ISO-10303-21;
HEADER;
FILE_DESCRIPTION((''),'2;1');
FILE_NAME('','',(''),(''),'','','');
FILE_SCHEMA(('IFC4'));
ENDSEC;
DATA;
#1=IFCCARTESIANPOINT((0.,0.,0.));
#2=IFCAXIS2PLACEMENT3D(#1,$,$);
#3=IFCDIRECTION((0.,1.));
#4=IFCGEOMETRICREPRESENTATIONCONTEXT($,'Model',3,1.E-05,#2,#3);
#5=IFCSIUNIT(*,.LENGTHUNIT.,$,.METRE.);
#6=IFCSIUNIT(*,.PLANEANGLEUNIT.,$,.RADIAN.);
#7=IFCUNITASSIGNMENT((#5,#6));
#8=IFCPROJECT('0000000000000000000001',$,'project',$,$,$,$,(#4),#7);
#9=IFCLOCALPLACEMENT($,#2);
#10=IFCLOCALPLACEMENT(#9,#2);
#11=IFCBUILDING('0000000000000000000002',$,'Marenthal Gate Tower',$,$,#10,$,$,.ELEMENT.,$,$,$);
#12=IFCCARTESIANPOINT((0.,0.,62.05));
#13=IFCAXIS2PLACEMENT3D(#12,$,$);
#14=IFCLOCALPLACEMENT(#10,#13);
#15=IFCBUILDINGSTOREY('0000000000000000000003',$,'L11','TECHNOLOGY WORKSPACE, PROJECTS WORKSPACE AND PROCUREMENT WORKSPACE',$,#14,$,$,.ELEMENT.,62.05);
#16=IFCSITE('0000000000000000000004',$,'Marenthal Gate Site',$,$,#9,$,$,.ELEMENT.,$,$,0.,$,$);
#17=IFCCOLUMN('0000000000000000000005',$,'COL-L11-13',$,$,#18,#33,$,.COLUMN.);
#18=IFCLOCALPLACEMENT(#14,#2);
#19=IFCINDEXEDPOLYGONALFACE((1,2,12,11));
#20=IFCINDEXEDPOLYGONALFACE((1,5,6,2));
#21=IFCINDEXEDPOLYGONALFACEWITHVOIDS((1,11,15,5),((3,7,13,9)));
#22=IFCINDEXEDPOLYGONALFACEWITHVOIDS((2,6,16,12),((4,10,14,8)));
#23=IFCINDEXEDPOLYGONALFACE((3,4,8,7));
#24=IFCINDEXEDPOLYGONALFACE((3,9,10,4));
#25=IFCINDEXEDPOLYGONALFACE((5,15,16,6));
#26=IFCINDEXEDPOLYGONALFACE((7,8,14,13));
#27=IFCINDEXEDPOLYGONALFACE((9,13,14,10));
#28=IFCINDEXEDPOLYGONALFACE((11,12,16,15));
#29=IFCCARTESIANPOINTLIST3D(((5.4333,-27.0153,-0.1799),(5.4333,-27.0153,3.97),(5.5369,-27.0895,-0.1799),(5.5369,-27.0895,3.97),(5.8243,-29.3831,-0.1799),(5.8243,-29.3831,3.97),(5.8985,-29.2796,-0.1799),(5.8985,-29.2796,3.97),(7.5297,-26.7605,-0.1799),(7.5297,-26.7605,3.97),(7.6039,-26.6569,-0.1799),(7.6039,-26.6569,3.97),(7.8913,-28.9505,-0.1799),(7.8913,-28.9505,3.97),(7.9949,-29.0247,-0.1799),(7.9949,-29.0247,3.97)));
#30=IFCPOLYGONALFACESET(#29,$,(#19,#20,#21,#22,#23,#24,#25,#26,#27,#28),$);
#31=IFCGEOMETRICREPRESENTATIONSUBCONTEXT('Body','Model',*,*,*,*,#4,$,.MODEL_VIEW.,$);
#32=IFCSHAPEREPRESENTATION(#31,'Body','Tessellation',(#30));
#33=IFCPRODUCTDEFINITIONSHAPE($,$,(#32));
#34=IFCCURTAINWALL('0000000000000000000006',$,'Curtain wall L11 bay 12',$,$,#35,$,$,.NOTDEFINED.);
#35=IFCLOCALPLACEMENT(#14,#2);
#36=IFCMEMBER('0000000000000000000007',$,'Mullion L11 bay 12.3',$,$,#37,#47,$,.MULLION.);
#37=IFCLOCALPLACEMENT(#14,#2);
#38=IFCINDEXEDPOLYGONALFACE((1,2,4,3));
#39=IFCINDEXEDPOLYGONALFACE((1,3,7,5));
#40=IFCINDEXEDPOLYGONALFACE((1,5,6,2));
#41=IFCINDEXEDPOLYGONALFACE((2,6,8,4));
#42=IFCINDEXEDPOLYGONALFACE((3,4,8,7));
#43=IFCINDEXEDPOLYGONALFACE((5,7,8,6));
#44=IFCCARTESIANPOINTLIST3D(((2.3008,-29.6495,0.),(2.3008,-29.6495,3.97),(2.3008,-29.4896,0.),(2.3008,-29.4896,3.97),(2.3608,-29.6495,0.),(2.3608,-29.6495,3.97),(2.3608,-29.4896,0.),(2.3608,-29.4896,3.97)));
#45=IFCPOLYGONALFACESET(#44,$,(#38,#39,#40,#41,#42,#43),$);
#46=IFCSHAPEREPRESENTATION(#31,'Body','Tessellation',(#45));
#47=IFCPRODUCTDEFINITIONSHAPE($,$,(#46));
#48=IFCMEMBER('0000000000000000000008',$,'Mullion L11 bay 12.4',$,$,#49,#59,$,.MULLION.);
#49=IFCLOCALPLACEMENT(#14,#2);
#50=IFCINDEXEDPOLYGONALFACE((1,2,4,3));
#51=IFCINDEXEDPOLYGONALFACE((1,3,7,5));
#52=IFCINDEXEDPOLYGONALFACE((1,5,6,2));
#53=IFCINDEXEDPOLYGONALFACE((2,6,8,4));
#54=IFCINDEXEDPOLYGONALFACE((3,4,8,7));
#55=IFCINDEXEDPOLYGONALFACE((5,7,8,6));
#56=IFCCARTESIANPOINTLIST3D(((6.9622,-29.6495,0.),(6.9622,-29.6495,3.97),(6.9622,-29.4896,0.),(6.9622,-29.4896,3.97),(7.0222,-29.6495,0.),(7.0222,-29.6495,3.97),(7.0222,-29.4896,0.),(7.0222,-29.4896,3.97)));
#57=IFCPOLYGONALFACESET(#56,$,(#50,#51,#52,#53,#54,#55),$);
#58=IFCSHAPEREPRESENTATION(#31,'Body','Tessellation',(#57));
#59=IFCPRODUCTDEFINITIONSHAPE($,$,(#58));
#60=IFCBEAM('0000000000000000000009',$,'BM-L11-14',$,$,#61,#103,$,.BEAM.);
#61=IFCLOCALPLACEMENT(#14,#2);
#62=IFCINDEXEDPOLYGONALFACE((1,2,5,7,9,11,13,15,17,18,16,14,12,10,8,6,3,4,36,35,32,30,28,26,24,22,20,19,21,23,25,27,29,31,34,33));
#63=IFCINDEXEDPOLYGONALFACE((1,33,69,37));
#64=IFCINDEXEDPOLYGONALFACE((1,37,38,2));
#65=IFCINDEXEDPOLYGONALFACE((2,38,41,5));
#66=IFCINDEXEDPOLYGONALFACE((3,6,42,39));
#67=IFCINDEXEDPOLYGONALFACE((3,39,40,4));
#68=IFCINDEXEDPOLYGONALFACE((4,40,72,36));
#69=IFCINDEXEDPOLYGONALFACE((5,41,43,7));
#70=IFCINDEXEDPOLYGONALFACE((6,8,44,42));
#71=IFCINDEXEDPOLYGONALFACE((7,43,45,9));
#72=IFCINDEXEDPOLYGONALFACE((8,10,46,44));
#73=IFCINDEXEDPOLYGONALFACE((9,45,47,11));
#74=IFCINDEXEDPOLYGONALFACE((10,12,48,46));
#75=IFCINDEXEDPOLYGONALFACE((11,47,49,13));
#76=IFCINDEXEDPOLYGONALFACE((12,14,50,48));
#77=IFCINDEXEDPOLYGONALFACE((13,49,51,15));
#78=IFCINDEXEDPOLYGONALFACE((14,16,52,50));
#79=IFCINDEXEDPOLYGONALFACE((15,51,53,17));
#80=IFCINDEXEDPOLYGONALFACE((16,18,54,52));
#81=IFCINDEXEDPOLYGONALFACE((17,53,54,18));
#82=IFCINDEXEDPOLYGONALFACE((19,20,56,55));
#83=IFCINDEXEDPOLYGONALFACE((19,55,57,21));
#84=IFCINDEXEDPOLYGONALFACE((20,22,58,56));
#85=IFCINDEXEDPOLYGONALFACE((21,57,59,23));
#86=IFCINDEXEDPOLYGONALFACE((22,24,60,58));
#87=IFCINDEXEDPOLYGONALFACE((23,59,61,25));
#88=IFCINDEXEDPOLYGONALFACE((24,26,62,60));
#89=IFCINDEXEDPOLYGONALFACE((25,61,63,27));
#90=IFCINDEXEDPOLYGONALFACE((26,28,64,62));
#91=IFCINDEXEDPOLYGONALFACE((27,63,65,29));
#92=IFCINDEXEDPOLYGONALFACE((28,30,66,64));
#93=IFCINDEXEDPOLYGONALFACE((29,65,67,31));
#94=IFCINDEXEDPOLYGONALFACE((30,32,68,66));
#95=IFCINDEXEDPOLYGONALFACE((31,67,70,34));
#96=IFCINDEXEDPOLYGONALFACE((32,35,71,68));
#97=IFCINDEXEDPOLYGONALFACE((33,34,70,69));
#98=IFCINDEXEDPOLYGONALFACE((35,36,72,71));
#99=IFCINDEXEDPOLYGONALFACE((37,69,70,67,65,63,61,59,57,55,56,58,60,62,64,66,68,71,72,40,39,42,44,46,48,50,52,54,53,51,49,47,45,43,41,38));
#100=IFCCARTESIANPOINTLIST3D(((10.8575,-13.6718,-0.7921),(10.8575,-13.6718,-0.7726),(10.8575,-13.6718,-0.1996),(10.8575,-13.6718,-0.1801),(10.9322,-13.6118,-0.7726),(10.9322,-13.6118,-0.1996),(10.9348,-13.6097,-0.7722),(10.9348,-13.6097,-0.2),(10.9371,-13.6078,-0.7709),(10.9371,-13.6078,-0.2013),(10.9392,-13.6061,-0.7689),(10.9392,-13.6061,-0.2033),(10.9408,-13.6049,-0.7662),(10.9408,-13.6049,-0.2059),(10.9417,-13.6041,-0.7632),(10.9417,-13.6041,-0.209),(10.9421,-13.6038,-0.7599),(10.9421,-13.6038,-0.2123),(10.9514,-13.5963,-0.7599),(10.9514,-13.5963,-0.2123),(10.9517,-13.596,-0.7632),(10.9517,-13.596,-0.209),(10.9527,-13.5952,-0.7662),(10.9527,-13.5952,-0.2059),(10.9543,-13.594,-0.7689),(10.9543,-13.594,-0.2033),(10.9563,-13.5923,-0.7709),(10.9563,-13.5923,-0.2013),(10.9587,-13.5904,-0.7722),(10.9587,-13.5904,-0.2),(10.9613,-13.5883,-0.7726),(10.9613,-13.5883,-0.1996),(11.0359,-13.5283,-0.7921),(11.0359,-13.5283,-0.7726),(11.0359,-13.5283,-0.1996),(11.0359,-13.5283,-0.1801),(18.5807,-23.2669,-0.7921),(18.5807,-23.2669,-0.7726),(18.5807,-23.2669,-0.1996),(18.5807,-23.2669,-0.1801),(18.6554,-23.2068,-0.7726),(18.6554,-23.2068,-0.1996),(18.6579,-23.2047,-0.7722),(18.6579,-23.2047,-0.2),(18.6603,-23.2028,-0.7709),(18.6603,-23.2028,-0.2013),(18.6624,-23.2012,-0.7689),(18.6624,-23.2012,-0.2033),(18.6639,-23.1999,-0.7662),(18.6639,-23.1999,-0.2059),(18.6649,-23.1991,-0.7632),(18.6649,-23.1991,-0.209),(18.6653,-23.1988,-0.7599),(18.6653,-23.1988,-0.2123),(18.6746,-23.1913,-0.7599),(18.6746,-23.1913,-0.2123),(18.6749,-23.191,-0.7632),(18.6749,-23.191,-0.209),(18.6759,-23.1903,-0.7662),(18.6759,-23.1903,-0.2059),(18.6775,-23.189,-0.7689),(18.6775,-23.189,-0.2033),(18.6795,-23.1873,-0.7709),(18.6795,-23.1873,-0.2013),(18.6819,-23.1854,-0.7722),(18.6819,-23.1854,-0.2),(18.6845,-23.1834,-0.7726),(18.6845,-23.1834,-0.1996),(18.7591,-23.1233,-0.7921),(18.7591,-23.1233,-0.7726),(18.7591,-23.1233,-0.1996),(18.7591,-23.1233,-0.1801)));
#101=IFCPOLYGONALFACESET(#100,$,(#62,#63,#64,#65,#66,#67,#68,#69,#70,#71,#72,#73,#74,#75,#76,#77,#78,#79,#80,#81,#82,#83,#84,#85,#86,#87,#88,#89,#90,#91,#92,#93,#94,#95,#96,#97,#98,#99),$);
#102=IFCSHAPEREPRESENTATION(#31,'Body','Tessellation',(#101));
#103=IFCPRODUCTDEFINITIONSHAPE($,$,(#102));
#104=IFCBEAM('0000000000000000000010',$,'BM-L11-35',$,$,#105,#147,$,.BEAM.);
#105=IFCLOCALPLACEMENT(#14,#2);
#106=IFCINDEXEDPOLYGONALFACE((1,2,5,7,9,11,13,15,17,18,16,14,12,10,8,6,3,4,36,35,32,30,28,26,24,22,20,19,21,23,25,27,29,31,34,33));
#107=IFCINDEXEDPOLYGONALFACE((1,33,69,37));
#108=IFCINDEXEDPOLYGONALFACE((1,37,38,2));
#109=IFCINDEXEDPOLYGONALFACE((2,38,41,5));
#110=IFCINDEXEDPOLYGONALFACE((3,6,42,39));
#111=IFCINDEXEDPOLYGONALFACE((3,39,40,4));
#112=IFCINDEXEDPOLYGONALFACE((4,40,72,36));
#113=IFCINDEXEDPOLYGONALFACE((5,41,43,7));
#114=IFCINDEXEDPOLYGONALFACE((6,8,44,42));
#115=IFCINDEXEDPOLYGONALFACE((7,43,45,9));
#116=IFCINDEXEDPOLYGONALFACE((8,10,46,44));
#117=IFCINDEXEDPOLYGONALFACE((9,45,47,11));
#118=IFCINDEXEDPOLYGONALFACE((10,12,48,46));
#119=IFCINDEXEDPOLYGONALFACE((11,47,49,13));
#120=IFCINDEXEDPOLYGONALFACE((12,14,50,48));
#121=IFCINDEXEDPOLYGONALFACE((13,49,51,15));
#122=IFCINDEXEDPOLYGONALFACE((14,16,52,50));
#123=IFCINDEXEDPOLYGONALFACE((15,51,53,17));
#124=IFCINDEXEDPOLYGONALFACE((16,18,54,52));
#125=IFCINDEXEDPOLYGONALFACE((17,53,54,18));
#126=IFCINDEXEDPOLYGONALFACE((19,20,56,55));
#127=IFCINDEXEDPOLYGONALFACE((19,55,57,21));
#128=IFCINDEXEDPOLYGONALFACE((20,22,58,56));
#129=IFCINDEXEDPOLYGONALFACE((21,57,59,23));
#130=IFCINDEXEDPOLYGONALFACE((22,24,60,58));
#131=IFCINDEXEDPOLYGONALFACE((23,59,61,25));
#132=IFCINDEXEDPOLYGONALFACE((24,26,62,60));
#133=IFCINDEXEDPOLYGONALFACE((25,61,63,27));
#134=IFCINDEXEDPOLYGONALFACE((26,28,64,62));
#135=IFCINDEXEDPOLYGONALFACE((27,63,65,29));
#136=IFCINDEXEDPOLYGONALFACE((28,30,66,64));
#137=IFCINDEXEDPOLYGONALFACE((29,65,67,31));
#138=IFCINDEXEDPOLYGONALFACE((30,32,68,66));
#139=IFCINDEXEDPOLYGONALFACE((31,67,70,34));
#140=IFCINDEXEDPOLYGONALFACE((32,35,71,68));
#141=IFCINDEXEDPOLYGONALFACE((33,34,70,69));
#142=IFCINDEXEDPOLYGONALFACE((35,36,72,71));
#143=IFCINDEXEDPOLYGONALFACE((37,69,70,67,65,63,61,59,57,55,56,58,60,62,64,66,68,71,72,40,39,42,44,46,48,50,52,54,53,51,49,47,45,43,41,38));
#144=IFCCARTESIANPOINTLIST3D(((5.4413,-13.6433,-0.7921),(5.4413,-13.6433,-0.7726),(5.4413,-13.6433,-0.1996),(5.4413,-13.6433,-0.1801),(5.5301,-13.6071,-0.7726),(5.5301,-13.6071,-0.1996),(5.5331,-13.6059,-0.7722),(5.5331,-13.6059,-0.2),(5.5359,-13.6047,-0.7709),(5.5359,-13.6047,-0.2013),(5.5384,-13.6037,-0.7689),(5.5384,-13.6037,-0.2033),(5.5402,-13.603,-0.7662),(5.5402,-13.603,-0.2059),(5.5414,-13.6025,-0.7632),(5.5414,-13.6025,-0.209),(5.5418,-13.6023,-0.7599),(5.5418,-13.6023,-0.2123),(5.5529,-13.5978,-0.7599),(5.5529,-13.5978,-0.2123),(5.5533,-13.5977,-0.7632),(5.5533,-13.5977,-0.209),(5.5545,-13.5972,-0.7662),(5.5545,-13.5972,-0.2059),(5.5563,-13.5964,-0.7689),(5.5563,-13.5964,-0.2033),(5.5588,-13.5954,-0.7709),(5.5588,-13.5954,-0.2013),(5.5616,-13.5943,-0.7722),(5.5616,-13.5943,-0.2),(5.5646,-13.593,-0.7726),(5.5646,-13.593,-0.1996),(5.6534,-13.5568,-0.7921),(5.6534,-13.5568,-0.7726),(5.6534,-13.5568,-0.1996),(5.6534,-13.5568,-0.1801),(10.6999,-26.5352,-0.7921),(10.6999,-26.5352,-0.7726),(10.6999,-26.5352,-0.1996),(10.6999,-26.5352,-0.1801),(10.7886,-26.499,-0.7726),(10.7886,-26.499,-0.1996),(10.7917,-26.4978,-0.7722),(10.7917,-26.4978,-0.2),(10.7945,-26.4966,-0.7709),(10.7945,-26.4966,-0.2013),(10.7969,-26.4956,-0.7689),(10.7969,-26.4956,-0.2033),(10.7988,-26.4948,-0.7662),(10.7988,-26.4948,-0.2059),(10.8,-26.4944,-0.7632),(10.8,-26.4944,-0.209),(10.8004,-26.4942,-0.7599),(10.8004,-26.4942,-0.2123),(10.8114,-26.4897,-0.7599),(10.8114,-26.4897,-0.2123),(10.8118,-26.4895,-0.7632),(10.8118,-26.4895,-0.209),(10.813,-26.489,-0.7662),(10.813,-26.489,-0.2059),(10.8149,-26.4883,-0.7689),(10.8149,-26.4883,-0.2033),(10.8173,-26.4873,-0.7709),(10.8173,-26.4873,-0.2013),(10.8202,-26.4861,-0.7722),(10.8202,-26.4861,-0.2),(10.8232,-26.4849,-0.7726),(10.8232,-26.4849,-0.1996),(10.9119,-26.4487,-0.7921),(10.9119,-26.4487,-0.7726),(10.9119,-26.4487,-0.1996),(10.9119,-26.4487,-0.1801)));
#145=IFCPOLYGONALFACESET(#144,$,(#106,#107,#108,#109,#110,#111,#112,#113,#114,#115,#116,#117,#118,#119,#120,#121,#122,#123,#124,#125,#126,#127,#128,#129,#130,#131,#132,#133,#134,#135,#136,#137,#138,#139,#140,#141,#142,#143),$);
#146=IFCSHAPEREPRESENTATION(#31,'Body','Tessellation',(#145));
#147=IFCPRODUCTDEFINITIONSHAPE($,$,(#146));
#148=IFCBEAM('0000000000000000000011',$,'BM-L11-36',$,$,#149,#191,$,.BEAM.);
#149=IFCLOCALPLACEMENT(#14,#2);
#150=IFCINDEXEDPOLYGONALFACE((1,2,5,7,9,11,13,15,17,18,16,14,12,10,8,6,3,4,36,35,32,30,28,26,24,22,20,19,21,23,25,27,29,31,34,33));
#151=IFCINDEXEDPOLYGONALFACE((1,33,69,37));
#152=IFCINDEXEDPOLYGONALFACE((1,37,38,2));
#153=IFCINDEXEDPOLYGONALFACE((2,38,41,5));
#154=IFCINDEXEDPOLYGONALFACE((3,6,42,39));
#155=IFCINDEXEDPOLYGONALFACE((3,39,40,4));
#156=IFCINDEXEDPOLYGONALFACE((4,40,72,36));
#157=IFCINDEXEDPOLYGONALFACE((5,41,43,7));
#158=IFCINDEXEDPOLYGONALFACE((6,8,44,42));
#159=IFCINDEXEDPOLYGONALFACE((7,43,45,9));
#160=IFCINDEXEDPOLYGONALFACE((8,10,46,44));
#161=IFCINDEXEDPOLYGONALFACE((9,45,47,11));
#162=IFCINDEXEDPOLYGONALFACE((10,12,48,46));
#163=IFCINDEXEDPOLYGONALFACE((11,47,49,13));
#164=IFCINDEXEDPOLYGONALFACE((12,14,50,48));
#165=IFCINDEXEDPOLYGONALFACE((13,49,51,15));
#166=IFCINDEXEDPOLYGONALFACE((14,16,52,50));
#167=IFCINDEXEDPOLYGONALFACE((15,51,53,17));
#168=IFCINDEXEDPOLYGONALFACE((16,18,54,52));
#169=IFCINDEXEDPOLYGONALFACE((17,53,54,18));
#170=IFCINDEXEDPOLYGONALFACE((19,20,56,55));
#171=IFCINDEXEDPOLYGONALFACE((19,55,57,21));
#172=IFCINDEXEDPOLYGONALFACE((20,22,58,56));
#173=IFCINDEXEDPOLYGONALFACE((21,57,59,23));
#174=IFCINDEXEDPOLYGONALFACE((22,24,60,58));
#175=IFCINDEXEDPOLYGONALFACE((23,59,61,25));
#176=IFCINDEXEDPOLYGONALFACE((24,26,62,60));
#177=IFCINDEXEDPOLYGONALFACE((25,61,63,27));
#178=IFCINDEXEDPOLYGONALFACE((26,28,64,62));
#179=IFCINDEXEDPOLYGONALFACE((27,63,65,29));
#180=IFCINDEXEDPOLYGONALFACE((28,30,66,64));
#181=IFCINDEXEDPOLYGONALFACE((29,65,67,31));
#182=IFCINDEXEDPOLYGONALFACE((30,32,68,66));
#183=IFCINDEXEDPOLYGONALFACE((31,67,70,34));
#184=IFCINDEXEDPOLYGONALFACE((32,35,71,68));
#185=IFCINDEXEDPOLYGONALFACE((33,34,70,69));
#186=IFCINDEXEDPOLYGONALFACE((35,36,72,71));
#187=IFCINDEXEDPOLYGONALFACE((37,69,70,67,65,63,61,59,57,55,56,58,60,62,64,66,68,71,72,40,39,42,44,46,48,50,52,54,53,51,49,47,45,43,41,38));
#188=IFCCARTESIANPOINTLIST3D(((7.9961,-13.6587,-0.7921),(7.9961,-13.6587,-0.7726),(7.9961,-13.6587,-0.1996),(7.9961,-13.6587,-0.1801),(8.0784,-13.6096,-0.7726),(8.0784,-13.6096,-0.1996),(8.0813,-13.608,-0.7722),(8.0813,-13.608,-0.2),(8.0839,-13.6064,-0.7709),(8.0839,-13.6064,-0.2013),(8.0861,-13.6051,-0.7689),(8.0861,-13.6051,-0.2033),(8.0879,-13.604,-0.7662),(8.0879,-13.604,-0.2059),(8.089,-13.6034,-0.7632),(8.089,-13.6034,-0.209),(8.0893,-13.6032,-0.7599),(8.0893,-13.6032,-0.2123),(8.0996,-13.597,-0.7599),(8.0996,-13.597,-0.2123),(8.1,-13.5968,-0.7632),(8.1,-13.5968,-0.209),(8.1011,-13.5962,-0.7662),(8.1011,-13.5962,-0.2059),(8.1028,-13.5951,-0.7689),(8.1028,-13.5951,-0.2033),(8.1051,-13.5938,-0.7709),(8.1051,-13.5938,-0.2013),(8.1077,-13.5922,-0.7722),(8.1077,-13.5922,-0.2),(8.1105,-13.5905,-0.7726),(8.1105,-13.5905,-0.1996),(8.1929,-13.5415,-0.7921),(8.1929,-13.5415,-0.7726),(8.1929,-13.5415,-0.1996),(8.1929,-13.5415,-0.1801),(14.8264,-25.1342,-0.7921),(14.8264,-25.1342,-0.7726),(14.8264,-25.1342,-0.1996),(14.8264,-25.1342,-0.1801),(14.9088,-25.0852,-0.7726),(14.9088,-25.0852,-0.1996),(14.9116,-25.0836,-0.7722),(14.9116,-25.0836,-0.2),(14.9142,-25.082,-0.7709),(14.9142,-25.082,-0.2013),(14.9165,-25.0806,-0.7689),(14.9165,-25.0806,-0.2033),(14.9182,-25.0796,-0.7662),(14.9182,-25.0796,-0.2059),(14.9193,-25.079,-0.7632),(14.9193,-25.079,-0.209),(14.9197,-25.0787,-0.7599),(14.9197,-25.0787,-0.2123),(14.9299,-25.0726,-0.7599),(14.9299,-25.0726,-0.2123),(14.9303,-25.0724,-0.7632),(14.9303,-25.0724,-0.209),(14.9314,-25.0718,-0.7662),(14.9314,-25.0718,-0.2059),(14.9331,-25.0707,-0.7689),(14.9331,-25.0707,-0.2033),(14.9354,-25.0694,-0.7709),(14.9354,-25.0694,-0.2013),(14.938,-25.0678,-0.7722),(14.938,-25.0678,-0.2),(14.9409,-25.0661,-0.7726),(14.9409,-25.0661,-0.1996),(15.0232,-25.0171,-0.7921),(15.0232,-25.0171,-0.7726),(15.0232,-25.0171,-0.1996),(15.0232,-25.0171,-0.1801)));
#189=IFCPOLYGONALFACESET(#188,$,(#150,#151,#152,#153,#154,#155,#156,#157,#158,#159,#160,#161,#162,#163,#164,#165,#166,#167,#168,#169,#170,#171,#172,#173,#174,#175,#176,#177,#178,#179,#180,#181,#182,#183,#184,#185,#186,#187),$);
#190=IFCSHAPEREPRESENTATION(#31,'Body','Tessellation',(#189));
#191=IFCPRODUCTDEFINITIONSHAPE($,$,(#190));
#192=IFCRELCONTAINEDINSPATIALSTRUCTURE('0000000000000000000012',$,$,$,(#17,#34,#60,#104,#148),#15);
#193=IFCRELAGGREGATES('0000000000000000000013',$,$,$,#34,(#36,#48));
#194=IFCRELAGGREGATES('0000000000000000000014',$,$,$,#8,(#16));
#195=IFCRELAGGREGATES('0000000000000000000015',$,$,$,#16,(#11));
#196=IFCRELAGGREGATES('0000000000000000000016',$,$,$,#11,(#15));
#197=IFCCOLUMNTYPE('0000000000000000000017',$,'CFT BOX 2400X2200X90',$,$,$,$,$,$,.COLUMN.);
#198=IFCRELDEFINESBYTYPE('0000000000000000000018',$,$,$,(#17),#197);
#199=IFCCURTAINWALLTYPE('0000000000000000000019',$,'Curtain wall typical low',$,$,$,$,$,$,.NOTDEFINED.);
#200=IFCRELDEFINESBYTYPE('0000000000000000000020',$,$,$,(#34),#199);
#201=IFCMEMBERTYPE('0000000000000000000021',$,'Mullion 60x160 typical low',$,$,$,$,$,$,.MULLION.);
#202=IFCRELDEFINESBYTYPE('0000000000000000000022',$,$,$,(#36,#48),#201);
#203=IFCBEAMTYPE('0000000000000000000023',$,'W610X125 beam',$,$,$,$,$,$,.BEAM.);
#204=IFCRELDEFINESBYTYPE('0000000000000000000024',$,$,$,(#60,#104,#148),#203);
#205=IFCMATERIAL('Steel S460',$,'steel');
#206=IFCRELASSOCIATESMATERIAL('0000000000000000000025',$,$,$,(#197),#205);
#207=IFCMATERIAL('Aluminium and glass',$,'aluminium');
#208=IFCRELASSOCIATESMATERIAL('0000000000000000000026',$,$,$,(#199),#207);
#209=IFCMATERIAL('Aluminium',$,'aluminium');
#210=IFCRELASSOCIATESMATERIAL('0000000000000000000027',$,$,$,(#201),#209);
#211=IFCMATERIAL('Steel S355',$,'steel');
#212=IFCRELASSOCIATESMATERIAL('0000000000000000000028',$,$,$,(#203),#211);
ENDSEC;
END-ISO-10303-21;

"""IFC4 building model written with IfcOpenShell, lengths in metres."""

from ifc_helpers import new_model, si_unit, direction, frame, origin, origin_2d, place, context, subcontext, project, spatial, rectangle, hollow_rectangle, i_section, extrude, material, material_profile, profile_set, type_object, element, aggregate, save


model = new_model("IFC4")

# Units and contexts
model_context = context("Model", 3, precision=1e-05, world=origin(), true_north=direction((0.0, 1.0)))
body_context = subcontext(model_context, "Body", "Model", "MODEL_VIEW")
ifc_project = project(units=[si_unit("LENGTHUNIT", "METRE"), si_unit("PLANEANGLEUNIT", "RADIAN")], contexts=[model_context])

# Site, building, storey
site_placement = place(None, origin())
site = spatial("IfcSite", under=ifc_project, at=site_placement, Name="Marenthal Gate Site", CompositionType="ELEMENT", RefElevation=0.0)
building_placement = place(site_placement, origin())
building = spatial("IfcBuilding", under=site, at=building_placement, Name="Marenthal Gate Tower", CompositionType="ELEMENT")
storey_placement = place(building_placement, frame((0.0, 0.0, 62.05)))
storey = spatial("IfcBuildingStorey", under=building, at=storey_placement, Name="L11", Description="TECHNOLOGY WORKSPACE, PROJECTS WORKSPACE AND PROCUREMENT WORKSPACE", CompositionType="ELEMENT", Elevation=62.05)

# Column
ifc_material_1 = material(Name="Steel S460", Category="steel")
ifc_material_profile_1 = material_profile(ifc_material_1, hollow_rectangle(XDim=2.2, YDim=2.3999, WallThickness=0.0901, at=origin_2d()), Name="CFT BOX 2400X2200X90")
ifc_material_2 = material(Name="Concrete 70 MPa", Category="concrete")
ifc_material_profile_2 = material_profile(ifc_material_2, rectangle(XDim=2.02, YDim=2.22, at=origin_2d()), Name="CFT BOX 2400X2200X90 INFILL")
ifc_profile_set_1 = profile_set([ifc_material_profile_1, ifc_material_profile_2], Name="Steel S460 shell, Concrete 70 MPa infill")
column_type = type_object("IfcColumnType", Name="CFT BOX 2400X2200X90", PredefinedType="COLUMN", material=ifc_profile_set_1)
column_placement = place(storey_placement, frame((6.7141, -28.02, -0.1799), z_axis=(0.0, 0.0, 1.0), x_axis=(-0.98664, -0.162918, 0.0)))
element("IfcColumn", 1, at=column_placement, inside=storey, type_object=column_type, Name="COL-L11-13", PredefinedType="COLUMN", context=body_context, shape_type="SweptSolid", body=[
    extrude(hollow_rectangle(XDim=2.2, YDim=2.3999, WallThickness=0.0901, at=origin_2d()), origin(), (0.0, 0.0, 1.0), 4.1499),
])

# Curtain wall, members
ifc_material_3 = material(Name="Aluminium and glass", Category="aluminium")
curtain_wall_type = type_object("IfcCurtainWallType", Name="Curtain wall typical low", PredefinedType="NOTDEFINED", material=ifc_material_3)
curtain_wall_placement = place(storey_placement, origin())
curtain_wall = element("IfcCurtainWall", 2, at=curtain_wall_placement, inside=storey, type_object=curtain_wall_type, Name="Curtain wall L11 bay 12", PredefinedType="NOTDEFINED")
ifc_material_4 = material(Name="Aluminium", Category="aluminium")
ifc_material_profile_3 = material_profile(ifc_material_4, rectangle(XDim=0.1599, YDim=0.0601, at=origin_2d()), Name="60x160 aluminium mullion")
ifc_profile_set_2 = profile_set([ifc_material_profile_3], Name="Aluminium")
member_type = type_object("IfcMemberType", Name="Mullion 60x160 typical low", PredefinedType="MULLION", material=ifc_profile_set_2)
member_1_placement = place(storey_placement, frame((2.3308, -29.5696, 0.0), z_axis=(0.0, 0.0, 1.0), x_axis=(0.0, 1.0, 0.0)))
member_1 = element("IfcMember", 3, at=member_1_placement, type_object=member_type, Name="Mullion L11 bay 12.3", PredefinedType="MULLION", context=body_context, shape_type="SweptSolid", body=[
    extrude(rectangle(XDim=0.1599, YDim=0.0601, at=origin_2d()), origin(), (0.0, 0.0, 1.0), 3.97),
])
member_2_placement = place(storey_placement, frame((6.9922, -29.5696, 0.0), z_axis=(0.0, 0.0, 1.0), x_axis=(0.0, 1.0, 0.0)))
member_2 = element("IfcMember", 4, at=member_2_placement, type_object=member_type, Name="Mullion L11 bay 12.4", PredefinedType="MULLION", context=body_context, shape_type="SweptSolid", body=[
    extrude(rectangle(XDim=0.1599, YDim=0.0601, at=origin_2d()), origin(), (0.0, 0.0, 1.0), 3.97),
])

# Beams
ifc_material_5 = material(Name="Steel S355", Category="steel")
ifc_material_profile_4 = material_profile(ifc_material_5, i_section(OverallWidth=0.229, OverallDepth=0.6121, WebThickness=0.012, FlangeThickness=0.0195, FilletRadius=0.0127, at=origin_2d()), Name="W610X125")
ifc_profile_set_3 = profile_set([ifc_material_profile_4], Name="Steel S355")
beam_type_1 = type_object("IfcBeamType", Name="W610X125 beam", PredefinedType="BEAM", material=ifc_profile_set_3)
beam_1_placement = place(storey_placement, frame((18.6699, -23.1951, -0.4861), z_axis=(-0.627027, 0.778997, 0.0), x_axis=(-0.778997, -0.627027, 0.0)))
element("IfcBeam", 5, at=beam_1_placement, inside=storey, type_object=beam_type_1, Name="BM-L11-14", PredefinedType="BEAM", context=body_context, shape_type="SweptSolid", body=[
    extrude(i_section(OverallWidth=0.229, OverallDepth=0.6121, WebThickness=0.012, FlangeThickness=0.0195, FilletRadius=0.0127, at=origin_2d()), origin(), (0.0, 0.0, 1.0), 12.3171),
])
beam_2_placement = place(storey_placement, frame((10.8059, -26.4919, -0.4861), z_axis=(-0.377686, 0.925934, 0.0), x_axis=(-0.925934, -0.377686, 0.0)))
element("IfcBeam", 6, at=beam_2_placement, inside=storey, type_object=beam_type_1, Name="BM-L11-35", PredefinedType="BEAM", context=body_context, shape_type="SweptSolid", body=[
    extrude(i_section(OverallWidth=0.229, OverallDepth=0.6121, WebThickness=0.012, FlangeThickness=0.0195, FilletRadius=0.0127, at=origin_2d()), origin(), (0.0, 0.0, 1.0), 13.9231),
])
beam_3_placement = place(storey_placement, frame((14.9248, -25.0757, -0.4861), z_axis=(-0.511463, 0.859306, 0.0), x_axis=(-0.859306, -0.511463, 0.0)))
element("IfcBeam", 7, at=beam_3_placement, inside=storey, type_object=beam_type_1, Name="BM-L11-36", PredefinedType="BEAM", context=body_context, shape_type="SweptSolid", body=[
    extrude(i_section(OverallWidth=0.229, OverallDepth=0.6121, WebThickness=0.012, FlangeThickness=0.0195, FilletRadius=0.0127, at=origin_2d()), origin(), (0.0, 0.0, 1.0), 13.3545),
])

aggregate(curtain_wall, [member_1, member_2])

save(model, "model.ifc")
